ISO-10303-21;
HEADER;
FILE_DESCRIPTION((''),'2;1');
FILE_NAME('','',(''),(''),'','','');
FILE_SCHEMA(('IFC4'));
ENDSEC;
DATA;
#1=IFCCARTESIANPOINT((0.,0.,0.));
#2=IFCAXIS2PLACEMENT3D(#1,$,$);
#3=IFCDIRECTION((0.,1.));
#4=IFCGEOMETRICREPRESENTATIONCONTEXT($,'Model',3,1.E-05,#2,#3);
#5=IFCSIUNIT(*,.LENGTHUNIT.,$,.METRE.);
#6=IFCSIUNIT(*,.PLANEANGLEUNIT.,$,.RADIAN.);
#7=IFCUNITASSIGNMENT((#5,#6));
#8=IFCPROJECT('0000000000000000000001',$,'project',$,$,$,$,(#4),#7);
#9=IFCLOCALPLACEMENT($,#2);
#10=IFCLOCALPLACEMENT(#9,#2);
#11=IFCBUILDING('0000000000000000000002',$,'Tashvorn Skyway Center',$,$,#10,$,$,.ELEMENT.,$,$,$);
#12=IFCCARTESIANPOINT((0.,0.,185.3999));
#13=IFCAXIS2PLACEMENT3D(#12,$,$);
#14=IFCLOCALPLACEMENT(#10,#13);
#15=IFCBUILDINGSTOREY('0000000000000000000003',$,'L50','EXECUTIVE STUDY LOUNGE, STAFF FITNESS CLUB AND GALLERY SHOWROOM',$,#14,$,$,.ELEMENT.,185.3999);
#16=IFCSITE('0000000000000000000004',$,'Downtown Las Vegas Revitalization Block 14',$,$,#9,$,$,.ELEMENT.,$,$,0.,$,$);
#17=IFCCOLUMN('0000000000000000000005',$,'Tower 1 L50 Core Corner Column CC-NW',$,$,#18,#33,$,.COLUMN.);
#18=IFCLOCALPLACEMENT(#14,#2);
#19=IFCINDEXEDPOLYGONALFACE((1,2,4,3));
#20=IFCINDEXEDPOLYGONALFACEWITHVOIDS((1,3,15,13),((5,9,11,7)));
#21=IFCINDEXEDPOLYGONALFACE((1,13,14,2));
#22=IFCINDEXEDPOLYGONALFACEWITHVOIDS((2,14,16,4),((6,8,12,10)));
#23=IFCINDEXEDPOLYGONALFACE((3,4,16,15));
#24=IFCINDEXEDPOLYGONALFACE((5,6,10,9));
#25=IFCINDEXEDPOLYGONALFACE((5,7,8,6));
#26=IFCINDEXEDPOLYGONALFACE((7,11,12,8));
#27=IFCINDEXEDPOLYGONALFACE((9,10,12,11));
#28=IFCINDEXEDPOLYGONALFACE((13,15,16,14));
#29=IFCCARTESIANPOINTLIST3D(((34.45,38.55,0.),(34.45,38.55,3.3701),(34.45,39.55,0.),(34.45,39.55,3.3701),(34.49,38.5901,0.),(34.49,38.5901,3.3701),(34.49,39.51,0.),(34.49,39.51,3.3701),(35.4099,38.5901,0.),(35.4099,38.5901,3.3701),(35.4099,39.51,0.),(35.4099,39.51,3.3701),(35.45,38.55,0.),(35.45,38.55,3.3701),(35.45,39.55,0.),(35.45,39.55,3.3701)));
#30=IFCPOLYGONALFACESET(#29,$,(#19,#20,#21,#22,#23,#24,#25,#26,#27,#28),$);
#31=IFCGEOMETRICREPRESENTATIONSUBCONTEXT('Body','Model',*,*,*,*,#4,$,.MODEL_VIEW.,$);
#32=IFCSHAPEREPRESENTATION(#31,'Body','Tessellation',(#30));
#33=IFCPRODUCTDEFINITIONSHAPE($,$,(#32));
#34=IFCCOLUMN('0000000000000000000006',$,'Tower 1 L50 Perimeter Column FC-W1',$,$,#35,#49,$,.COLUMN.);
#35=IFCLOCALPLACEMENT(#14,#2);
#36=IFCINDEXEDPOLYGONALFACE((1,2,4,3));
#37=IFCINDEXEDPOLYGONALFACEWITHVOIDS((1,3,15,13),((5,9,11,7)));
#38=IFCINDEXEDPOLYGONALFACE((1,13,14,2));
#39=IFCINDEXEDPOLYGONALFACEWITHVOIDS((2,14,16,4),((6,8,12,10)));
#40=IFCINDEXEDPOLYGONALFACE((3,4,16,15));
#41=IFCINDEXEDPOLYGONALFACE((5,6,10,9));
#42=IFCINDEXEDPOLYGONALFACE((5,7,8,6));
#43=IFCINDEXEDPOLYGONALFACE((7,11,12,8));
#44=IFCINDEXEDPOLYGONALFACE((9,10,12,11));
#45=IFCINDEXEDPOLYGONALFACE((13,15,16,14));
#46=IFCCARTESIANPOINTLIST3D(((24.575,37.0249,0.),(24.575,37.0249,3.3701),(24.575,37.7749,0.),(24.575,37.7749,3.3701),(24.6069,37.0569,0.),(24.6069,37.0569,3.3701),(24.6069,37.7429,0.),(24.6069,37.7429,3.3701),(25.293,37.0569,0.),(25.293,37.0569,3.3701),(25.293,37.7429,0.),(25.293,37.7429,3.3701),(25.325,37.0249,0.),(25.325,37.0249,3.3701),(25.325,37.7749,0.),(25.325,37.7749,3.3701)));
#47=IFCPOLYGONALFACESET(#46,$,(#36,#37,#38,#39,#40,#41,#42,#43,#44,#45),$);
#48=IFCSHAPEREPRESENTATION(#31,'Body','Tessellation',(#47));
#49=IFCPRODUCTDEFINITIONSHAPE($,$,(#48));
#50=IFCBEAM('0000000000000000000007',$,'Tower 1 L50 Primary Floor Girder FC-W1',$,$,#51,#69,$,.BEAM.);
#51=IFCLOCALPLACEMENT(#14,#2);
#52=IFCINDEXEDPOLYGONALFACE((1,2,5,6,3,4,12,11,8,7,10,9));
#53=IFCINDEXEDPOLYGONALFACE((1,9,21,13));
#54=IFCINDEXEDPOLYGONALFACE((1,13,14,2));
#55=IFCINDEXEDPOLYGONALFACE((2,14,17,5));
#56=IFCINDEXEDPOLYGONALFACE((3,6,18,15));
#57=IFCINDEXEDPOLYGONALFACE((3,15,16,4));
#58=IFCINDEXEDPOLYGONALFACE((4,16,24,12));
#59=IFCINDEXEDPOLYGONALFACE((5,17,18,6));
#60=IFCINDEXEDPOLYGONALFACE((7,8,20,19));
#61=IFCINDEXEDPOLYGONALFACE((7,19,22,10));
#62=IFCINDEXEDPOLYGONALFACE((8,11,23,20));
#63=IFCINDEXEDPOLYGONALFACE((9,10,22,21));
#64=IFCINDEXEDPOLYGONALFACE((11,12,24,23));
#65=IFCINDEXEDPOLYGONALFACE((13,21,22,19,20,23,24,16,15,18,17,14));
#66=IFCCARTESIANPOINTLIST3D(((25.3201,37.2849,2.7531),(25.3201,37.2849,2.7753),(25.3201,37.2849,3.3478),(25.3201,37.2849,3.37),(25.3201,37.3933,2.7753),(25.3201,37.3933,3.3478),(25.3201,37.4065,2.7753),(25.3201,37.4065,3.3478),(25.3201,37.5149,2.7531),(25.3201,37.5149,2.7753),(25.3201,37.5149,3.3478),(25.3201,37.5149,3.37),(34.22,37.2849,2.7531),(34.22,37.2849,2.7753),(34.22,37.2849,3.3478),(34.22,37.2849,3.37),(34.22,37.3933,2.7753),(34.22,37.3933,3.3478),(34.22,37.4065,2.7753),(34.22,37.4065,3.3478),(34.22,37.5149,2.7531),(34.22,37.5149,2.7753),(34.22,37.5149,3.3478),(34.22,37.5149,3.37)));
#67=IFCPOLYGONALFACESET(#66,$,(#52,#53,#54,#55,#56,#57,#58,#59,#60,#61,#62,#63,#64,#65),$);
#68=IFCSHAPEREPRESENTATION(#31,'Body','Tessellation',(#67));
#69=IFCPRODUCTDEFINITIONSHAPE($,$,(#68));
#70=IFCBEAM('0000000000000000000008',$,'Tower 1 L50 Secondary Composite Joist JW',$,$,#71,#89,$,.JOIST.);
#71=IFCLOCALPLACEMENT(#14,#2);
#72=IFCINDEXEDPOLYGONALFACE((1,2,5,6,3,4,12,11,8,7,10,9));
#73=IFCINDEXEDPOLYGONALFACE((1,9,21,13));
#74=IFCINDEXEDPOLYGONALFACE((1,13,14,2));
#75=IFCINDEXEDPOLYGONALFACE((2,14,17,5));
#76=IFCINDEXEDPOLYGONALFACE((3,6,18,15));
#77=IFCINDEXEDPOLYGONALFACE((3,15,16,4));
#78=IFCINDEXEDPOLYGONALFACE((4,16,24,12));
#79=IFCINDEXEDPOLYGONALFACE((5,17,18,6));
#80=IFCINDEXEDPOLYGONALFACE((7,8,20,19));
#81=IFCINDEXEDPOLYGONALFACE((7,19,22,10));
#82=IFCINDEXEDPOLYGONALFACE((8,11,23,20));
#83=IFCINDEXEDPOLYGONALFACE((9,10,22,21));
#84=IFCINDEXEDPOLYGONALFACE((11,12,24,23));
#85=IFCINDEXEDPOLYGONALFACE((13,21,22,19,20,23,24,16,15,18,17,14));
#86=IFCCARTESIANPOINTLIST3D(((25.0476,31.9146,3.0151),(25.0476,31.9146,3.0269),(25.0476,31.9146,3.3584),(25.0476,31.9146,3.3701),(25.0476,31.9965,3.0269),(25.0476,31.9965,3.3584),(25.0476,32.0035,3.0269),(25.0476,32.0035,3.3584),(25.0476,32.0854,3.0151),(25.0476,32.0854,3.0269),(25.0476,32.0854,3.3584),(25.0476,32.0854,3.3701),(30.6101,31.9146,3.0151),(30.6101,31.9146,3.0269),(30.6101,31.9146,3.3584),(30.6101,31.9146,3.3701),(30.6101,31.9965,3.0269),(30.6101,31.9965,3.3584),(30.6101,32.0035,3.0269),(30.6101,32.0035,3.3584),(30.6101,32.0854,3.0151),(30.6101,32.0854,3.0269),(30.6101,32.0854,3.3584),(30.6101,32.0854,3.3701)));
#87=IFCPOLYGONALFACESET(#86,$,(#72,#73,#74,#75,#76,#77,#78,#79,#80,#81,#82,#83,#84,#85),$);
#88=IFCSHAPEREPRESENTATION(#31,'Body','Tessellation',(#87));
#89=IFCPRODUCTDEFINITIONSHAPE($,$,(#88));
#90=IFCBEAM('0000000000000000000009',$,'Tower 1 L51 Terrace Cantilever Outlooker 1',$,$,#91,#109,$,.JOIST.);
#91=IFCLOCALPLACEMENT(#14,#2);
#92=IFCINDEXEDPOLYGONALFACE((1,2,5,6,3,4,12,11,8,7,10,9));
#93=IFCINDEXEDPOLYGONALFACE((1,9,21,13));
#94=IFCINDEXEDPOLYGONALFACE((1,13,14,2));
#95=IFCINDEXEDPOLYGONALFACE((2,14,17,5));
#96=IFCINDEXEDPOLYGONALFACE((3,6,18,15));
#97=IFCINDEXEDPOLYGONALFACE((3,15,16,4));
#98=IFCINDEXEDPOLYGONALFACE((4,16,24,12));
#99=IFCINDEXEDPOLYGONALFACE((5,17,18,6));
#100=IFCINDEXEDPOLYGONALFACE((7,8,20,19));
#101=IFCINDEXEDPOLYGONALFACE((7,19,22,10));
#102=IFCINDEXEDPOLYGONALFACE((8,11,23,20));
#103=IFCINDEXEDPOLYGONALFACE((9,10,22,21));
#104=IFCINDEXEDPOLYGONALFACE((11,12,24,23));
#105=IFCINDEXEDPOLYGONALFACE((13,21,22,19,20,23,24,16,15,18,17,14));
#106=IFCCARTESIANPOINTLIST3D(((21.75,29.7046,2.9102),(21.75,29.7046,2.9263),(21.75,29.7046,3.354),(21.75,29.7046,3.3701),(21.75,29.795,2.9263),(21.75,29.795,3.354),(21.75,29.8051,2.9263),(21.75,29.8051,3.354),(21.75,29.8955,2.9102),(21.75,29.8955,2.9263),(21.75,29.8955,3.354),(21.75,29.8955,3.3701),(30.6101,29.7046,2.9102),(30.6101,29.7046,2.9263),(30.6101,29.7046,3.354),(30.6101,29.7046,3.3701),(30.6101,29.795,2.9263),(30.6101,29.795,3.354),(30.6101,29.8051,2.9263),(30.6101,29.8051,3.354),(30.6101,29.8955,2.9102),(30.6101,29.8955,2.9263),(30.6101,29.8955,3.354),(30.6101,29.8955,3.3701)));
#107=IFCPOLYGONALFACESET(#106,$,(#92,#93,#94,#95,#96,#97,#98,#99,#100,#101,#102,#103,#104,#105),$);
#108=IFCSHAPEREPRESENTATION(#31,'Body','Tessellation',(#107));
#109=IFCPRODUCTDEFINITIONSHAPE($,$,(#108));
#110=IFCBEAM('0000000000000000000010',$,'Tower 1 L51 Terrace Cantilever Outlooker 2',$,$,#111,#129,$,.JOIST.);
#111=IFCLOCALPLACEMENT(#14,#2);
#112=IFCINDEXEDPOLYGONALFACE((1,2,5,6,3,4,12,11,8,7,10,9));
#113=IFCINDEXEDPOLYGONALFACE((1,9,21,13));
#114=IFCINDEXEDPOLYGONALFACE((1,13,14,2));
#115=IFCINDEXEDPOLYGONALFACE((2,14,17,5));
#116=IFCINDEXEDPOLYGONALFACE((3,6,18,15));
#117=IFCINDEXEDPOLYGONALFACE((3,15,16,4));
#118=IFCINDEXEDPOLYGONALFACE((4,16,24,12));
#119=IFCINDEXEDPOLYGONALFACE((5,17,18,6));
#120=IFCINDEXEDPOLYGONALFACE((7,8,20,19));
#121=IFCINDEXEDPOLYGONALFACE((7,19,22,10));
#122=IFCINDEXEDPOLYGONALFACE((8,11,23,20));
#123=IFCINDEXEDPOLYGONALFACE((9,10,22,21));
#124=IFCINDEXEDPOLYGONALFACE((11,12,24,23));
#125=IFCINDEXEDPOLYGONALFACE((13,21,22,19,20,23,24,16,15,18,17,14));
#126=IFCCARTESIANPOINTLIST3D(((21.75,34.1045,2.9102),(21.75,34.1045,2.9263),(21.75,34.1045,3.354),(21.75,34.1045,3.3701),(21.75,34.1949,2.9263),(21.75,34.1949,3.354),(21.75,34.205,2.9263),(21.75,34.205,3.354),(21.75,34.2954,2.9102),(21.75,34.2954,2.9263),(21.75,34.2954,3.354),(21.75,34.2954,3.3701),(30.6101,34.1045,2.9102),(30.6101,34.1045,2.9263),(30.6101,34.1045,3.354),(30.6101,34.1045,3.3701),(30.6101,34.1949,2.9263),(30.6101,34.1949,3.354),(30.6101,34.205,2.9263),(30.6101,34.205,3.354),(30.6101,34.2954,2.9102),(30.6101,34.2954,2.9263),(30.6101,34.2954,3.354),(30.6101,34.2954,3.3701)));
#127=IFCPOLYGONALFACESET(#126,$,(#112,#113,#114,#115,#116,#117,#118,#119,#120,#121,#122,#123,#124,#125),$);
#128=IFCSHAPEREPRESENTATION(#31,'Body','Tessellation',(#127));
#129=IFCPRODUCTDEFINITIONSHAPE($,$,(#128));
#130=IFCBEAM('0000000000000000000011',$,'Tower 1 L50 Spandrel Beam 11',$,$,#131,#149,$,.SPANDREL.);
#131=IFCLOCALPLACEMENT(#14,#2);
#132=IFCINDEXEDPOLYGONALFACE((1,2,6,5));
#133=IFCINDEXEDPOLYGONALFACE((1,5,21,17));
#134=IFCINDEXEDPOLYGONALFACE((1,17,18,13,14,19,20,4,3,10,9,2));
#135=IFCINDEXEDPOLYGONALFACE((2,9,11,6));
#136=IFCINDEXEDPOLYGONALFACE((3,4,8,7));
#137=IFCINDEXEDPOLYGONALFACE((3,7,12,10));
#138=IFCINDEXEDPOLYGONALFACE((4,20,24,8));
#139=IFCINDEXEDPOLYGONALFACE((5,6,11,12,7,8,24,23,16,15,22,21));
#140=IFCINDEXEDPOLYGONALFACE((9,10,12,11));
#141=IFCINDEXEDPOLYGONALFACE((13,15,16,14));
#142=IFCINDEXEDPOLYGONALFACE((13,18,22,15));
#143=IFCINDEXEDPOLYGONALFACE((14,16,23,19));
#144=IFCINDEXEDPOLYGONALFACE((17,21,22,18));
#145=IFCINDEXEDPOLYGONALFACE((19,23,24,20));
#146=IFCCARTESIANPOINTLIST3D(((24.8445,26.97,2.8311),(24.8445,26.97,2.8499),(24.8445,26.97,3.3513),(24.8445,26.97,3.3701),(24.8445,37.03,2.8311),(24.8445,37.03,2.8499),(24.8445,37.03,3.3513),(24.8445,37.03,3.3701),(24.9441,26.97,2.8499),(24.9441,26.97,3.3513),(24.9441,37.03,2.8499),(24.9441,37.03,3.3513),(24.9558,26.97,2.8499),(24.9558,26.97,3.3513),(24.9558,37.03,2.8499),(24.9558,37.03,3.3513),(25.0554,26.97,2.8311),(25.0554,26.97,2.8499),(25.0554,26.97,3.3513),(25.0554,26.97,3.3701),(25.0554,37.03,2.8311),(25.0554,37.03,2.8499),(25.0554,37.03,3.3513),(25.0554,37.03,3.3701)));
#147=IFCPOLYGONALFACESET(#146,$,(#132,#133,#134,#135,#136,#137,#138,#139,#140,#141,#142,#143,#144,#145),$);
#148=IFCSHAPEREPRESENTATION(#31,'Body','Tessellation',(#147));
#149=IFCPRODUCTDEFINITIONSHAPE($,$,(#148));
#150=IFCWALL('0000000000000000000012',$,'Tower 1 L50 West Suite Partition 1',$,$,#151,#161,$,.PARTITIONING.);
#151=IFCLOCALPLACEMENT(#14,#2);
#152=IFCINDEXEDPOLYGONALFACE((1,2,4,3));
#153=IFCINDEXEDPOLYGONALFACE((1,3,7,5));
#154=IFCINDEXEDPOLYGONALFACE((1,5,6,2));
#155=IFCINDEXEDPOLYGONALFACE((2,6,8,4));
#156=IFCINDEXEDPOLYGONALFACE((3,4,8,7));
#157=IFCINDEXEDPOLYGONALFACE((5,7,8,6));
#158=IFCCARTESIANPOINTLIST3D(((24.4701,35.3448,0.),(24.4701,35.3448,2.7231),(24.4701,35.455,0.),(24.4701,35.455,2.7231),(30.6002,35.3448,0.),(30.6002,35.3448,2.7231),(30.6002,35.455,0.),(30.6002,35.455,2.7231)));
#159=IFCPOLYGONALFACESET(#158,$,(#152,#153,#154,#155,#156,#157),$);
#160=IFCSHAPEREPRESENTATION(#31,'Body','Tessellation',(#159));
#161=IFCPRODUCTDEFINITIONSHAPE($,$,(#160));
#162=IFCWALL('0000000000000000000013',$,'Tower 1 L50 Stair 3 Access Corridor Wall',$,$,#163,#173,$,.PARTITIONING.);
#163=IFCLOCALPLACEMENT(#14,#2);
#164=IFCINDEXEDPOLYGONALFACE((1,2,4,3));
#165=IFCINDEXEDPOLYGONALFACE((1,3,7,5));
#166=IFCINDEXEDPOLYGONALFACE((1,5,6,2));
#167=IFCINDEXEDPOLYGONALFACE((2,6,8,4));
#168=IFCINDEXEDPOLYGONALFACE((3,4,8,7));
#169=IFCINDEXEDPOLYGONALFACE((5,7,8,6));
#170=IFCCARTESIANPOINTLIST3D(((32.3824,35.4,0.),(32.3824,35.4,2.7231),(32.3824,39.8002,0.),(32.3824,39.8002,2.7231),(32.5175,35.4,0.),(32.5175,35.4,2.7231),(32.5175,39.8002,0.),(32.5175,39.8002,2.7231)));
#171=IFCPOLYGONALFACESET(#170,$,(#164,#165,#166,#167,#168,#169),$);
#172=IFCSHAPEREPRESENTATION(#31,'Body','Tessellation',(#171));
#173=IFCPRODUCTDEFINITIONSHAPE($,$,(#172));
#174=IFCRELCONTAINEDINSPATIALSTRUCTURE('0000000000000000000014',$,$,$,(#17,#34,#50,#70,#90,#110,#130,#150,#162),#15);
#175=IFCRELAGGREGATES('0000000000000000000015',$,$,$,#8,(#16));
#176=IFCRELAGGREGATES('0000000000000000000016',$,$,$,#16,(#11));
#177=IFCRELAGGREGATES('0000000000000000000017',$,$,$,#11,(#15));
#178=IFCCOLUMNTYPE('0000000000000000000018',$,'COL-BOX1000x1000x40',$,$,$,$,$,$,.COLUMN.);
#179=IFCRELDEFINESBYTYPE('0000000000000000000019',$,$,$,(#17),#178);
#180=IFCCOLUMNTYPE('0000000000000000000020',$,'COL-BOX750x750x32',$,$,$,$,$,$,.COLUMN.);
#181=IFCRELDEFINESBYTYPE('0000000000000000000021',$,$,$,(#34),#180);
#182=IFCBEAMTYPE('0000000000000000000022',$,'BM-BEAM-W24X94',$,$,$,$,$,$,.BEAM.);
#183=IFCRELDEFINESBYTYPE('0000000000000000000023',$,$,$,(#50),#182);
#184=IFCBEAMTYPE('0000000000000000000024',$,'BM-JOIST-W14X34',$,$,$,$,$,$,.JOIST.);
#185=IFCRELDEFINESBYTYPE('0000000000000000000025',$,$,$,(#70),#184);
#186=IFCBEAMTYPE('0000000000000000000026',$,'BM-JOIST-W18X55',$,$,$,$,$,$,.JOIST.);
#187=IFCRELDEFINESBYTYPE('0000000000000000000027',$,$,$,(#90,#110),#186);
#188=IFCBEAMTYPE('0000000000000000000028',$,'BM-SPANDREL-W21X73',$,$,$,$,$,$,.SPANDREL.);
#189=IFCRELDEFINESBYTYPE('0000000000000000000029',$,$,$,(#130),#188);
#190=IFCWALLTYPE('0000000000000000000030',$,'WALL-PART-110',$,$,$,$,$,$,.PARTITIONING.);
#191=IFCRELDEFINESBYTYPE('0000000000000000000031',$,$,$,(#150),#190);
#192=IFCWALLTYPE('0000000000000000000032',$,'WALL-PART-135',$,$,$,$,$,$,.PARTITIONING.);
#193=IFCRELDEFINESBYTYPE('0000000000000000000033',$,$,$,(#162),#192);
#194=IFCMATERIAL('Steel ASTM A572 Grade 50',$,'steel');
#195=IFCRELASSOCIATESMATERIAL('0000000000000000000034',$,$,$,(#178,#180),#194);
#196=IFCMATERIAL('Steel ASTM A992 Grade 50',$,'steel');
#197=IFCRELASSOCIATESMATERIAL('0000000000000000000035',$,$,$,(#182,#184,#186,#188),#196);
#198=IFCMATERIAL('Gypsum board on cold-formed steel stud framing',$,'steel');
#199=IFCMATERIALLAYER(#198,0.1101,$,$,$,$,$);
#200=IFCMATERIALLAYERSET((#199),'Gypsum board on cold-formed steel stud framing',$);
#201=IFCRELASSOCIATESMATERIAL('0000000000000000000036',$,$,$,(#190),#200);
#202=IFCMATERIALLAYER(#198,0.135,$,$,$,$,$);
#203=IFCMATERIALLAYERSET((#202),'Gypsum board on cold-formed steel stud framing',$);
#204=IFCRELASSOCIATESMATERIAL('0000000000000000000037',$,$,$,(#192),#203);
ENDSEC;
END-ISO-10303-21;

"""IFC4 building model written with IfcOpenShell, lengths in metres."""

from ifc_helpers import new_model, si_unit, direction, frame, frame_2d, origin, origin_2d, place, context, subcontext, project, spatial, rectangle, hollow_rectangle, i_section, extrude, material, layer, layer_set, material_profile, profile_set, type_object, element, save


model = new_model("IFC4")

# Units and contexts
model_context = context("Model", 3, precision=1e-05, world=origin(), true_north=direction((0.0, 1.0)))
body_context = subcontext(model_context, "Body", "Model", "MODEL_VIEW")
ifc_project = project(units=[si_unit("LENGTHUNIT", "METRE"), si_unit("PLANEANGLEUNIT", "RADIAN")], contexts=[model_context])

# Site, building, storey
site_placement = place(None, origin())
site = spatial("IfcSite", under=ifc_project, at=site_placement, Name="Downtown Las Vegas Revitalization Block 14", CompositionType="ELEMENT", RefElevation=0.0)
building_placement = place(site_placement, origin())
building = spatial("IfcBuilding", under=site, at=building_placement, Name="Tashvorn Skyway Center", CompositionType="ELEMENT")
storey_placement = place(building_placement, frame((0.0, 0.0, 185.3999)))
storey = spatial("IfcBuildingStorey", under=building, at=storey_placement, Name="L50", Description="EXECUTIVE STUDY LOUNGE, STAFF FITNESS CLUB AND GALLERY SHOWROOM", CompositionType="ELEMENT", Elevation=185.3999)

# Columns
ifc_material_1 = material(Name="Steel ASTM A572 Grade 50", Category="steel")
ifc_material_profile_1 = material_profile(ifc_material_1, hollow_rectangle(XDim=1.0, YDim=1.0, WallThickness=0.04, at=origin_2d()), Name="BOX1000x1000x40")
ifc_profile_set_1 = profile_set([ifc_material_profile_1], Name="Steel ASTM A572 Grade 50")
column_type_1 = type_object("IfcColumnType", Name="COL-BOX1000x1000x40", PredefinedType="COLUMN", material=ifc_profile_set_1)
column_1_placement = place(storey_placement, frame((34.95, 39.05, 0.0), z_axis=(0.0, 0.0, 1.0), x_axis=(1.0, 0.0, 0.0)))
element("IfcColumn", 1, at=column_1_placement, inside=storey, type_object=column_type_1, Name="Tower 1 L50 Core Corner Column CC-NW", PredefinedType="COLUMN", context=body_context, shape_type="SweptSolid", body=[
    extrude(hollow_rectangle(XDim=1.0, YDim=1.0, WallThickness=0.04, at=origin_2d()), origin(), (0.0, 0.0, 1.0), 3.3701),
])
ifc_material_profile_2 = material_profile(ifc_material_1, hollow_rectangle(XDim=0.75, YDim=0.75, WallThickness=0.032, at=origin_2d()), Name="BOX750x750x32")
ifc_profile_set_2 = profile_set([ifc_material_profile_2], Name="Steel ASTM A572 Grade 50")
column_type_2 = type_object("IfcColumnType", Name="COL-BOX750x750x32", PredefinedType="COLUMN", material=ifc_profile_set_2)
column_2_placement = place(storey_placement, frame((24.95, 37.3999, 0.0), z_axis=(0.0, 0.0, 1.0), x_axis=(1.0, 0.0, 0.0)))
element("IfcColumn", 2, at=column_2_placement, inside=storey, type_object=column_type_2, Name="Tower 1 L50 Perimeter Column FC-W1", PredefinedType="COLUMN", context=body_context, shape_type="SweptSolid", body=[
    extrude(hollow_rectangle(XDim=0.75, YDim=0.75, WallThickness=0.032, at=origin_2d()), origin(), (0.0, 0.0, 1.0), 3.3701),
])

# Beams
ifc_material_2 = material(Name="Steel ASTM A992 Grade 50", Category="steel")
ifc_material_profile_3 = material_profile(ifc_material_2, i_section(OverallWidth=0.23, OverallDepth=0.6169, WebThickness=0.0132, FlangeThickness=0.0222, at=origin_2d()), Name="W24X94")
ifc_profile_set_3 = profile_set([ifc_material_profile_3], Name="Steel ASTM A992 Grade 50")
beam_type_1 = type_object("IfcBeamType", Name="BM-BEAM-W24X94", PredefinedType="BEAM", material=ifc_profile_set_3)
beam_1_placement = place(storey_placement, frame((25.3201, 37.3999, 3.0615), z_axis=(1.0, 0.0, 0.0), x_axis=(0.0, 1.0, 0.0)))
element("IfcBeam", 3, at=beam_1_placement, inside=storey, type_object=beam_type_1, Name="Tower 1 L50 Primary Floor Girder FC-W1", PredefinedType="BEAM", context=body_context, shape_type="SweptSolid", body=[
    extrude(i_section(OverallWidth=0.23, OverallDepth=0.6169, WebThickness=0.0132, FlangeThickness=0.0222, at=origin_2d()), origin(), (0.0, 0.0, 1.0), 8.8999),
])
ifc_material_profile_4 = material_profile(ifc_material_2, i_section(OverallWidth=0.1709, OverallDepth=0.355, WebThickness=0.0071, FlangeThickness=0.0117, at=origin_2d()), Name="W14X34")
ifc_profile_set_4 = profile_set([ifc_material_profile_4], Name="Steel ASTM A992 Grade 50")
beam_type_2 = type_object("IfcBeamType", Name="BM-JOIST-W14X34", PredefinedType="JOIST", material=ifc_profile_set_4)
beam_2_placement = place(storey_placement, frame((30.6101, 32.0, 3.1926), z_axis=(-1.0, 0.0, 0.0), x_axis=(0.0, -1.0, 0.0)))
element("IfcBeam", 4, at=beam_2_placement, inside=storey, type_object=beam_type_2, Name="Tower 1 L50 Secondary Composite Joist JW", PredefinedType="JOIST", context=body_context, shape_type="SweptSolid", body=[
    extrude(i_section(OverallWidth=0.1709, OverallDepth=0.355, WebThickness=0.0071, FlangeThickness=0.0117, at=origin_2d()), origin(), (0.0, 0.0, 1.0), 5.5625),
])
ifc_material_profile_5 = material_profile(ifc_material_2, i_section(OverallWidth=0.1909, OverallDepth=0.46, WebThickness=0.01, FlangeThickness=0.0161, at=origin_2d()), Name="W18X55")
ifc_profile_set_5 = profile_set([ifc_material_profile_5], Name="Steel ASTM A992 Grade 50")
beam_type_3 = type_object("IfcBeamType", Name="BM-JOIST-W18X55", PredefinedType="JOIST", material=ifc_profile_set_5)
for number, where, z_axis, x_axis, name in (
    (5, (30.6101, 29.8, 3.1401), (-1.0, 0.0, 0.0), (0.0, -1.0, 0.0), "Tower 1 L51 Terrace Cantilever Outlooker 1"),
    (6, (30.6101, 34.2, 3.1401), (-1.0, 0.0, 0.0), (0.0, -1.0, 0.0), "Tower 1 L51 Terrace Cantilever Outlooker 2"),
):
    element("IfcBeam", number, at=place(storey_placement, frame(where, z_axis=z_axis, x_axis=x_axis)), inside=storey, type_object=beam_type_3, Name=name, PredefinedType="JOIST", context=body_context, shape_type="SweptSolid", body=[
        extrude(i_section(OverallWidth=0.1909, OverallDepth=0.46, WebThickness=0.01, FlangeThickness=0.0161, at=origin_2d()), origin(), (0.0, 0.0, 1.0), 8.8601),
    ])
ifc_material_profile_6 = material_profile(ifc_material_2, i_section(OverallWidth=0.2109, OverallDepth=0.5391, WebThickness=0.0117, FlangeThickness=0.0188, at=origin_2d()), Name="W21X73")
ifc_profile_set_6 = profile_set([ifc_material_profile_6], Name="Steel ASTM A992 Grade 50")
beam_type_4 = type_object("IfcBeamType", Name="BM-SPANDREL-W21X73", PredefinedType="SPANDREL", material=ifc_profile_set_6)
beam_3_placement = place(storey_placement, frame((24.95, 37.03, 3.1006), z_axis=(0.0, -1.0, 0.0), x_axis=(1.0, 0.0, 0.0)))
element("IfcBeam", 7, at=beam_3_placement, inside=storey, type_object=beam_type_4, Name="Tower 1 L50 Spandrel Beam 11", PredefinedType="SPANDREL", context=body_context, shape_type="SweptSolid", body=[
    extrude(i_section(OverallWidth=0.2109, OverallDepth=0.5391, WebThickness=0.0117, FlangeThickness=0.0188, at=origin_2d()), origin(), (0.0, 0.0, 1.0), 10.0601),
])

# Walls
ifc_material_3 = material(Name="Gypsum board on cold-formed steel stud framing", Category="steel")
ifc_layer_1 = layer(ifc_material_3, 0.1101)
ifc_layer_set_1 = layer_set([ifc_layer_1], Name="Gypsum board on cold-formed steel stud framing")
wall_type_1 = type_object("IfcWallType", Name="WALL-PART-110", PredefinedType="PARTITIONING", material=ifc_layer_set_1)
wall_1_placement = place(storey_placement, frame((30.6001, 35.3999, 0.0), z_axis=(0.0, 0.0, 1.0), x_axis=(-1.0, 0.0, 0.0)))
element("IfcWall", 8, at=wall_1_placement, inside=storey, type_object=wall_type_1, Name="Tower 1 L50 West Suite Partition 1", PredefinedType="PARTITIONING", context=body_context, shape_type="SweptSolid", body=[
    extrude(rectangle(XDim=6.1301, YDim=0.1101, at=frame_2d((3.0649, 0.0))), origin(), (0.0, 0.0, 1.0), 2.7231),
])
ifc_layer_2 = layer(ifc_material_3, 0.135)
ifc_layer_set_2 = layer_set([ifc_layer_2], Name="Gypsum board on cold-formed steel stud framing")
wall_type_2 = type_object("IfcWallType", Name="WALL-PART-135", PredefinedType="PARTITIONING", material=ifc_layer_set_2)
wall_2_placement = place(storey_placement, frame((32.45, 35.3999, 0.0), z_axis=(0.0, 0.0, 1.0), x_axis=(0.0, 1.0, 0.0)))
element("IfcWall", 9, at=wall_2_placement, inside=storey, type_object=wall_type_2, Name="Tower 1 L50 Stair 3 Access Corridor Wall", PredefinedType="PARTITIONING", context=body_context, shape_type="SweptSolid", body=[
    extrude(rectangle(XDim=4.4001, YDim=0.135, at=frame_2d((2.2002, 0.0))), origin(), (0.0, 0.0, 1.0), 2.7231),
])

save(model, "model.ifc")
